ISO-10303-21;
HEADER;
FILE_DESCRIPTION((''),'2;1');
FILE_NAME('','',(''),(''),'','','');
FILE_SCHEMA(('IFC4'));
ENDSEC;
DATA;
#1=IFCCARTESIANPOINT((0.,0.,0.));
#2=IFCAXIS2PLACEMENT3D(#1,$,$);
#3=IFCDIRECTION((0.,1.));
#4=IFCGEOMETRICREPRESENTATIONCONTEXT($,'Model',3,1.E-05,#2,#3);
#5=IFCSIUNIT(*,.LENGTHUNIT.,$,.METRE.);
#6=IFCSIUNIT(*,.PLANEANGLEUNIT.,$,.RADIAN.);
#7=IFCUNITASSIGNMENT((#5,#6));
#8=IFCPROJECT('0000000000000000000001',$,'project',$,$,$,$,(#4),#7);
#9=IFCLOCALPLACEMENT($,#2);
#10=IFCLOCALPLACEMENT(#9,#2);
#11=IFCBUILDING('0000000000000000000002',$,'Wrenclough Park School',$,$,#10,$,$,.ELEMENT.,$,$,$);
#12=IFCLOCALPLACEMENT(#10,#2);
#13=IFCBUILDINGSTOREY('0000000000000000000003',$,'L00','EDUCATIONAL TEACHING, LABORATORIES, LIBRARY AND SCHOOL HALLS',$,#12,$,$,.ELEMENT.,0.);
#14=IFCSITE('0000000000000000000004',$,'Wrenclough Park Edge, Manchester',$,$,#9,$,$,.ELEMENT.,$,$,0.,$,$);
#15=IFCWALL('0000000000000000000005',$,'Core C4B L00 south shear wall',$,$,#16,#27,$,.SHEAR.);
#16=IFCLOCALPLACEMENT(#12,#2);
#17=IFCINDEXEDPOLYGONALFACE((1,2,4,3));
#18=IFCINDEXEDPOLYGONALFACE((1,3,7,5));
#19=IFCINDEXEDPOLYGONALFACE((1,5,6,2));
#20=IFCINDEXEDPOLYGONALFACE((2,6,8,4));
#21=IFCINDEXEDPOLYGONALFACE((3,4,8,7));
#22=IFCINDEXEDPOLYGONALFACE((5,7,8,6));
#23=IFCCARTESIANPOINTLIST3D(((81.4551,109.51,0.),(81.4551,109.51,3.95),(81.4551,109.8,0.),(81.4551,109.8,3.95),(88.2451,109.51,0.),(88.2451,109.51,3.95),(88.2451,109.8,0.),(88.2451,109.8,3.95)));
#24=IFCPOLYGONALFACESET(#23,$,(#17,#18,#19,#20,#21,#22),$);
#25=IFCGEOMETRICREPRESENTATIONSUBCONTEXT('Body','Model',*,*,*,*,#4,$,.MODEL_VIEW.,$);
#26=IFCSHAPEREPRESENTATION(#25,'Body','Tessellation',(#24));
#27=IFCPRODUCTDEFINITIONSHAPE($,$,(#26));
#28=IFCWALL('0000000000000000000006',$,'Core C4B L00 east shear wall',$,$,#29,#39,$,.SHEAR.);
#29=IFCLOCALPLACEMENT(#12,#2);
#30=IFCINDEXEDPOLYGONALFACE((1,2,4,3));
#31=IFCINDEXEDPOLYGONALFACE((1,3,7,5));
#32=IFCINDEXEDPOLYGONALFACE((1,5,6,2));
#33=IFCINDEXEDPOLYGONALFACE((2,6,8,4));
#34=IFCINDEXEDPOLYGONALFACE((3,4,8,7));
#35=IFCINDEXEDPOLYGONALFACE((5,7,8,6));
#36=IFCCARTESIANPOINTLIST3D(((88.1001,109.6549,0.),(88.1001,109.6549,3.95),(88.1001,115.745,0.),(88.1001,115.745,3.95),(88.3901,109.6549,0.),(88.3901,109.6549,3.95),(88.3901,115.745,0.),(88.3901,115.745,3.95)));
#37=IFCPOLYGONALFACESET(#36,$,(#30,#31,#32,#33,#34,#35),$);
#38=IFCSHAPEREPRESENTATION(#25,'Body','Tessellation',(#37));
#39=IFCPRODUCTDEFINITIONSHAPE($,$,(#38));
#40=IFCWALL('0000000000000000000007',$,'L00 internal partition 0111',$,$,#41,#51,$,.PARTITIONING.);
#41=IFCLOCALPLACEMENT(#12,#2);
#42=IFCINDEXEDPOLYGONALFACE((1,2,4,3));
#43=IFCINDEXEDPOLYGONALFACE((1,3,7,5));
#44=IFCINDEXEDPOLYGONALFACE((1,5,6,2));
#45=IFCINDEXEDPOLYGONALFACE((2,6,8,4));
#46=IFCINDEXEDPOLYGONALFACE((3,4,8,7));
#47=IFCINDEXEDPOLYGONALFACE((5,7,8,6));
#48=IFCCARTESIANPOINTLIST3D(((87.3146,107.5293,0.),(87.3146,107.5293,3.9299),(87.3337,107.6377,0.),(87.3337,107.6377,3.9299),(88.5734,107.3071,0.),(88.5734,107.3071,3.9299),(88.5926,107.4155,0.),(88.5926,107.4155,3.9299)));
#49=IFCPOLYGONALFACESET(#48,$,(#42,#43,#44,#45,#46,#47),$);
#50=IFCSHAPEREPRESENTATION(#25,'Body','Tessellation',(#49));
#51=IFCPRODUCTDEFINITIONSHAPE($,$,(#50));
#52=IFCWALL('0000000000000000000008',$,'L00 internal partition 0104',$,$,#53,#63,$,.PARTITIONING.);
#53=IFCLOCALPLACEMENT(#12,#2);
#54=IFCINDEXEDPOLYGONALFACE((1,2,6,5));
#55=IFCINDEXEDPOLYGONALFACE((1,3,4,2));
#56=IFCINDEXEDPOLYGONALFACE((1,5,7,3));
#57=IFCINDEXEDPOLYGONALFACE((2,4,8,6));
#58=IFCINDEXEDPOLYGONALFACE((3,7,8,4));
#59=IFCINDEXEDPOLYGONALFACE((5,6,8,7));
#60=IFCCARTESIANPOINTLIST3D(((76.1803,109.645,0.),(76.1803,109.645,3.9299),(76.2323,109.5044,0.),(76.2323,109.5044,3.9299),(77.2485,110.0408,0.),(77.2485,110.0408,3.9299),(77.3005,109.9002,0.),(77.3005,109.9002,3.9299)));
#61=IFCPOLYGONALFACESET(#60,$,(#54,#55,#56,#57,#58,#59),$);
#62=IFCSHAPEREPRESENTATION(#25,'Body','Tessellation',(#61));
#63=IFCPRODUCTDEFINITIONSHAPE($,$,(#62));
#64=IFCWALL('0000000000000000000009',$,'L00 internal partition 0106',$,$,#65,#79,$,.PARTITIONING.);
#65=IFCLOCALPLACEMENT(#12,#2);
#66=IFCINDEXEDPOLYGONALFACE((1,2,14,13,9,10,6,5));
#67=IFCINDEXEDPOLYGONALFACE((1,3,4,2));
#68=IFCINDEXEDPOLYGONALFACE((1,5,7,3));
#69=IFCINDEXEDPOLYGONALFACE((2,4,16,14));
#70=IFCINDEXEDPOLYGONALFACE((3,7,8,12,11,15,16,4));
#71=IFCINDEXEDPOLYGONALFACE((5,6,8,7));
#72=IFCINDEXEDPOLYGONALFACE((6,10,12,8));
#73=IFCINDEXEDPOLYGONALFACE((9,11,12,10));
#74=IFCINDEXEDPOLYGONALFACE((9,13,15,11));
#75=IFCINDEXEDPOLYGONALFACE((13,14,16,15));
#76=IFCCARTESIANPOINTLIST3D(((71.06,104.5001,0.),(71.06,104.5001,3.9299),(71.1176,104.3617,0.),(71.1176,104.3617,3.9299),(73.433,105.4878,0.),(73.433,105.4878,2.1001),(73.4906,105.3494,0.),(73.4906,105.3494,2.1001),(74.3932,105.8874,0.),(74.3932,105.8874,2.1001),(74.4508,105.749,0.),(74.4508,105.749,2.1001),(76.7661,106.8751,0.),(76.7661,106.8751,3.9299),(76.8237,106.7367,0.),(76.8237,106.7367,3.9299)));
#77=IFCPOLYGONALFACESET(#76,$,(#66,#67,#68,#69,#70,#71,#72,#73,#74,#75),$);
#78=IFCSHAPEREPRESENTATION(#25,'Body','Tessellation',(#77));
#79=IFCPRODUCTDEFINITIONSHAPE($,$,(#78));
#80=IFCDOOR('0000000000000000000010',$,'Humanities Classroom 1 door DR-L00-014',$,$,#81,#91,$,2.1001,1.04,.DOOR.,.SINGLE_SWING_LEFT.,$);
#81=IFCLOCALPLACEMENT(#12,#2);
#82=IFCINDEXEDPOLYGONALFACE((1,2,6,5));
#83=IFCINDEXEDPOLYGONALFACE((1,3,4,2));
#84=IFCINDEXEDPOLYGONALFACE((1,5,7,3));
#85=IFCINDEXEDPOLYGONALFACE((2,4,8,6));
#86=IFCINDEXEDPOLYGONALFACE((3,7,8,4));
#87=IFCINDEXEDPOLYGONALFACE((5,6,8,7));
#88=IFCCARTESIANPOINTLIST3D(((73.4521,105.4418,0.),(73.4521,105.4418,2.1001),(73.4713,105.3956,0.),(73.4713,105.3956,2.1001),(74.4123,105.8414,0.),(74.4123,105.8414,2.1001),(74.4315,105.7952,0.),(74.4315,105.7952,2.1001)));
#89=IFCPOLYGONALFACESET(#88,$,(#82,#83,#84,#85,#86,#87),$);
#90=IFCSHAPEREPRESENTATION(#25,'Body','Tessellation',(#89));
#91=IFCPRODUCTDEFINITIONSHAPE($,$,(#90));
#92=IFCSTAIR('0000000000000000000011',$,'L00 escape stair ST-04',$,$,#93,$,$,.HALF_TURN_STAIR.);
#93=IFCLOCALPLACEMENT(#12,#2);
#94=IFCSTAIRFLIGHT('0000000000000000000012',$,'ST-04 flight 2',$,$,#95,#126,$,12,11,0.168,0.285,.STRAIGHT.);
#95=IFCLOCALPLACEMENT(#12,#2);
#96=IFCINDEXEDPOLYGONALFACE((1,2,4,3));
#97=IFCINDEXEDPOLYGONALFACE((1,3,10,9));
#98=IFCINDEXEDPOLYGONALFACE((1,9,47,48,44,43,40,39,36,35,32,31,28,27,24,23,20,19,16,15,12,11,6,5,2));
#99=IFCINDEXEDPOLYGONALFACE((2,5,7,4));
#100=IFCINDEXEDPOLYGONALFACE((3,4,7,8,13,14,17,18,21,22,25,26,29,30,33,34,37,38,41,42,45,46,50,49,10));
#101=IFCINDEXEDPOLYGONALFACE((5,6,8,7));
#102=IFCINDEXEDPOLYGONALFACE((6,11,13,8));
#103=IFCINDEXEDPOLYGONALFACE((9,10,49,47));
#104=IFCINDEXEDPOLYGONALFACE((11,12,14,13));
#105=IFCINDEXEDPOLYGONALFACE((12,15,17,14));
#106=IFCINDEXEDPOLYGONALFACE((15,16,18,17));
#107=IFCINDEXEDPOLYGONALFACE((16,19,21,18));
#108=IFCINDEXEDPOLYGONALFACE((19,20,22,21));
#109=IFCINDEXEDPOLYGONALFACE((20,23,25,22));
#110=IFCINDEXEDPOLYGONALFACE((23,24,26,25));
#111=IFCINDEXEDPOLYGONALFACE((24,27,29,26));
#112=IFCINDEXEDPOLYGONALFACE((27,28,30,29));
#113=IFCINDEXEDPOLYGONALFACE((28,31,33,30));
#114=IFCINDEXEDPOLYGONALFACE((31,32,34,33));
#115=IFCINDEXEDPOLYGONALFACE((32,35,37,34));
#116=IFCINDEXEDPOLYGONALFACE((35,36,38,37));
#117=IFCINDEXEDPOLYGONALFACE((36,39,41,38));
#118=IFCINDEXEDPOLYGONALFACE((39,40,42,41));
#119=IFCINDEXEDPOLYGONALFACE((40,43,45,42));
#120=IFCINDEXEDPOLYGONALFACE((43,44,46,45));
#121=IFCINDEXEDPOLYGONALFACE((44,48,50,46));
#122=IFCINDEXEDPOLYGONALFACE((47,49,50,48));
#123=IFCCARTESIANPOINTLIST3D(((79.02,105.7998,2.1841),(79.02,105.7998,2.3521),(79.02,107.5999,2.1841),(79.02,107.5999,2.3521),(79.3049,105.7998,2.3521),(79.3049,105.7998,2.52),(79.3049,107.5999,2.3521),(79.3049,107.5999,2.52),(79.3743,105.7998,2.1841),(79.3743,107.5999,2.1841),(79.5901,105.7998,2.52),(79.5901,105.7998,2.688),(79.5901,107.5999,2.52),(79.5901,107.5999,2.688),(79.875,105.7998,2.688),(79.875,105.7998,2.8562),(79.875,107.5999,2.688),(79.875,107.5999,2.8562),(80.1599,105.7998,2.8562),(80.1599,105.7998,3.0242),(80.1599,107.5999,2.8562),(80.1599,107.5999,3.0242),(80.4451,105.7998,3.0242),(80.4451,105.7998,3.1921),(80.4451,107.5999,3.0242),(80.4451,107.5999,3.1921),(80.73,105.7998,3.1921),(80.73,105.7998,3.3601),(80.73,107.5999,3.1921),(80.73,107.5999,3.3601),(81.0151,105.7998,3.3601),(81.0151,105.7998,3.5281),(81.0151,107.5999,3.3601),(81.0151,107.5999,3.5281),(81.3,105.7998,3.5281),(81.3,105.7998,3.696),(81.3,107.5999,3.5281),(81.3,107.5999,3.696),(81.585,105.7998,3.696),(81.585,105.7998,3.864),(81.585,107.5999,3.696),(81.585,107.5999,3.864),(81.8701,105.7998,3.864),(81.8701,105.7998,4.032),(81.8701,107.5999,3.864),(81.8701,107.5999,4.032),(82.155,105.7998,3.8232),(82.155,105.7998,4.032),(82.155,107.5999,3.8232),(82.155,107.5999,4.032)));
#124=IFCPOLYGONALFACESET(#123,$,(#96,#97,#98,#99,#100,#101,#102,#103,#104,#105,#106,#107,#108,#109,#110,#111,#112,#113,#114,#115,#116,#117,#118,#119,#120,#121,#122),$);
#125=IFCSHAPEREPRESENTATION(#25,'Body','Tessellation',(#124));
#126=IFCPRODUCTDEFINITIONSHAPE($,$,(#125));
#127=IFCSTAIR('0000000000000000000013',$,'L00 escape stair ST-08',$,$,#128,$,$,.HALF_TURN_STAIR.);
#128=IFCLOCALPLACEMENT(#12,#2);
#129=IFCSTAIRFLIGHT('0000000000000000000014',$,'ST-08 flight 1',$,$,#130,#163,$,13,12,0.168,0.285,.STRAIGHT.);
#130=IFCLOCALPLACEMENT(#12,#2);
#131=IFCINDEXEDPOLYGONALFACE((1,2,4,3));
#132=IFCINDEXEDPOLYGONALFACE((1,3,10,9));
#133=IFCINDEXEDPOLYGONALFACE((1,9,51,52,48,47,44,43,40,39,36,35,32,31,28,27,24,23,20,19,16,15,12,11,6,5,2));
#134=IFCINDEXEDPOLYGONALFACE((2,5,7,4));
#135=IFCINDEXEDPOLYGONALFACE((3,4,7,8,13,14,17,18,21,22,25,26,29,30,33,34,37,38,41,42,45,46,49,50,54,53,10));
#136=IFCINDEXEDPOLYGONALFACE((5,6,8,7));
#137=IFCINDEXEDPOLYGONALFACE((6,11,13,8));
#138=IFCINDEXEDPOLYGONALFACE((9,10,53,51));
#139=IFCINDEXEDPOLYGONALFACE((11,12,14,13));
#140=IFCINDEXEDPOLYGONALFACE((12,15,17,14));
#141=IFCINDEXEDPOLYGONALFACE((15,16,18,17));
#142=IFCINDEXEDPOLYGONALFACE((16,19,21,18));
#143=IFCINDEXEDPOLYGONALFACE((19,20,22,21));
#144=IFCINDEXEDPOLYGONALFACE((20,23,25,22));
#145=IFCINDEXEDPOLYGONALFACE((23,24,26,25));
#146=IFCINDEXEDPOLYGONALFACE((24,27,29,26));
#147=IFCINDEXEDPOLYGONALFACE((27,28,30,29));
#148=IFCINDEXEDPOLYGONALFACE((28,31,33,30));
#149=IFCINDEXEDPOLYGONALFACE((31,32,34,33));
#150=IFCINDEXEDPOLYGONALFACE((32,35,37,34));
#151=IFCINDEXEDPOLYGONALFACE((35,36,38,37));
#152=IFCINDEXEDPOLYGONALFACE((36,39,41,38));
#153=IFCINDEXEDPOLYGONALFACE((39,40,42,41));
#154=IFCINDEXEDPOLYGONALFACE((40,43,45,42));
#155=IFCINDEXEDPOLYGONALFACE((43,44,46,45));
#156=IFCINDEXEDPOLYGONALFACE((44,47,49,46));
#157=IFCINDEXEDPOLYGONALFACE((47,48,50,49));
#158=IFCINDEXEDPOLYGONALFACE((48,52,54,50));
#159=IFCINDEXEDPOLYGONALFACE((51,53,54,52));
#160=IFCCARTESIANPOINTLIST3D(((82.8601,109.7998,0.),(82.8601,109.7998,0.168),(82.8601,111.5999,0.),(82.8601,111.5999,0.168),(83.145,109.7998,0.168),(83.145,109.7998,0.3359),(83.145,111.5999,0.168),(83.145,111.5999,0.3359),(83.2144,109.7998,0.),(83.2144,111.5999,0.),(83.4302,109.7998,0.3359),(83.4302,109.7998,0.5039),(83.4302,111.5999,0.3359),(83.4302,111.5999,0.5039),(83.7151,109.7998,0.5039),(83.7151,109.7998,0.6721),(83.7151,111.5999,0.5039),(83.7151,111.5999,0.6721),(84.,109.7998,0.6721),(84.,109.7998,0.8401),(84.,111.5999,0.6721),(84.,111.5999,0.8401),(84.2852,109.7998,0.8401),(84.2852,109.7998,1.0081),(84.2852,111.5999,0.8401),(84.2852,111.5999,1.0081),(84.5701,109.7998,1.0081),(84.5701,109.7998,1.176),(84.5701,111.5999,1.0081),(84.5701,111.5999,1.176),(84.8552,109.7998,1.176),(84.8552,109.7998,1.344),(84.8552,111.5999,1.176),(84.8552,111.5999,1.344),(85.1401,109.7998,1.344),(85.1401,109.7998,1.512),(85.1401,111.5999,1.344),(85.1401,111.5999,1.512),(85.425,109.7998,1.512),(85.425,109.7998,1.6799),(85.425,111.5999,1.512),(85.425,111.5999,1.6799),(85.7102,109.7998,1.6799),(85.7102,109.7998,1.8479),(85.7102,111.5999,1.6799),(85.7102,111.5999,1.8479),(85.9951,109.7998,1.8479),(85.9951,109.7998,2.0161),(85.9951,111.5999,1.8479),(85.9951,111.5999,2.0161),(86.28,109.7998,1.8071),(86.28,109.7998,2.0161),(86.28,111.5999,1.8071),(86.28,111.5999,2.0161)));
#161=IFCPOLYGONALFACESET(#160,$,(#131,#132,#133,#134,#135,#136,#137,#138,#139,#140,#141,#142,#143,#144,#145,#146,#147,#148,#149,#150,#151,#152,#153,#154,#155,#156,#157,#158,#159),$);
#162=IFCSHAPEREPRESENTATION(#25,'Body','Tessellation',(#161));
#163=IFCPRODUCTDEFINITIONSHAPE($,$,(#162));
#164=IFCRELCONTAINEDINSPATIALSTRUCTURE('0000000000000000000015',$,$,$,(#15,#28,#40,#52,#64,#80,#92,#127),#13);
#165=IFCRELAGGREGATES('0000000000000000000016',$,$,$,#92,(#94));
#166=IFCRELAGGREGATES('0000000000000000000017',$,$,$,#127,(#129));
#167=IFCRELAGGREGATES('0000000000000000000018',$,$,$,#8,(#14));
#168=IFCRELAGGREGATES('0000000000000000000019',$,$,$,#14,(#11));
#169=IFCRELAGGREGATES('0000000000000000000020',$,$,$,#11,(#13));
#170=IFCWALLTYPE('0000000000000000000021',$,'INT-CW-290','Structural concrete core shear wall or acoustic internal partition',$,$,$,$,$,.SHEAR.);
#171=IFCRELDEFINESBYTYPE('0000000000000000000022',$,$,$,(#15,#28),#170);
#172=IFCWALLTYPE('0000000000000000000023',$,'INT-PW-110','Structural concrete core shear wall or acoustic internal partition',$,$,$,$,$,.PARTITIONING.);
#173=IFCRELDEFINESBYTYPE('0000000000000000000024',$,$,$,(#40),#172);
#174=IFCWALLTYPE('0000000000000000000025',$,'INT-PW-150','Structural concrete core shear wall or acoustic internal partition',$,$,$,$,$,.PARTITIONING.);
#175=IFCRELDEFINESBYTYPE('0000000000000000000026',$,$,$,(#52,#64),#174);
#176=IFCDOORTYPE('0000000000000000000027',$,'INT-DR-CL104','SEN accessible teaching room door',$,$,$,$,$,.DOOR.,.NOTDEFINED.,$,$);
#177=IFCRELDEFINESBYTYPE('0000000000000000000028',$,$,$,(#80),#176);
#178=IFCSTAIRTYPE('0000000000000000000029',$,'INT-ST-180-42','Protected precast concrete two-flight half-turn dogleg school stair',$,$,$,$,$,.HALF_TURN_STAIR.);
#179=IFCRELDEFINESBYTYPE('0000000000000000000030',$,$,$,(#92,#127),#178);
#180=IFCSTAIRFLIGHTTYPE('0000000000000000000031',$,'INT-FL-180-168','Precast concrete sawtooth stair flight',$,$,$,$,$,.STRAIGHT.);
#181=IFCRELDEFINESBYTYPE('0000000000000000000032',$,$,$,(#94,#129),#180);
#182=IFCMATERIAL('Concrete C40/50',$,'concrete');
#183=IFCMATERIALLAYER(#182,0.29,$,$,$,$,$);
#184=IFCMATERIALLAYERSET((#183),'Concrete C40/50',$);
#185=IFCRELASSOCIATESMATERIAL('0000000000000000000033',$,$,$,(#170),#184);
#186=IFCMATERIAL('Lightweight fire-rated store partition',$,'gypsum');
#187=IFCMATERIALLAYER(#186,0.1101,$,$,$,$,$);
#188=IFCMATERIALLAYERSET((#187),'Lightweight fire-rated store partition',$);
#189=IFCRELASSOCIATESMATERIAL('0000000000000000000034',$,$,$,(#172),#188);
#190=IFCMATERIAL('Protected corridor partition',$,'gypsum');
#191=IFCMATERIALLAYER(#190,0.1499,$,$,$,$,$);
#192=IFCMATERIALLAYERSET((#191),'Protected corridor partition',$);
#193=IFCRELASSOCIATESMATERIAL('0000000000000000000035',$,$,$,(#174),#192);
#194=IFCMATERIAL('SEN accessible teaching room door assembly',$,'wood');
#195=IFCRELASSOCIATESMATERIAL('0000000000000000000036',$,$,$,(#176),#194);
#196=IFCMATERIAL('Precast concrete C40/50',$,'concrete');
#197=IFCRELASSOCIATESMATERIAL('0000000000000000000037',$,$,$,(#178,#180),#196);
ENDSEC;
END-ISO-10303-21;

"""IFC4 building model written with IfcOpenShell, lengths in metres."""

from ifc_helpers import new_model, si_unit, direction, frame, frame_2d, origin, place, context, subcontext, project, spatial, polyline, rectangle, outline, extrude, material, layer, layer_set, type_object, element, fill, aggregate, save


model = new_model("IFC4")

# Units and contexts
model_context = context("Model", 3, precision=1e-05, world=origin(), true_north=direction((0.0, 1.0)))
body_context = subcontext(model_context, "Body", "Model", "MODEL_VIEW")
ifc_project = project(units=[si_unit("LENGTHUNIT", "METRE"), si_unit("PLANEANGLEUNIT", "RADIAN")], contexts=[model_context])

# Site, building, storey
site_placement = place(None, origin())
site = spatial("IfcSite", under=ifc_project, at=site_placement, Name="Wrenclough Park Edge, Manchester", CompositionType="ELEMENT", RefElevation=0.0)
building_placement = place(site_placement, origin())
building = spatial("IfcBuilding", under=site, at=building_placement, Name="Wrenclough Park School", CompositionType="ELEMENT")
storey_placement = place(building_placement, origin())
storey = spatial("IfcBuildingStorey", under=building, at=storey_placement, Name="L00", Description="EDUCATIONAL TEACHING, LABORATORIES, LIBRARY AND SCHOOL HALLS", CompositionType="ELEMENT", Elevation=0.0)

# Shared definitions
ifc_material_1 = material(Name="Concrete C40/50", Category="concrete")

# Walls
ifc_layer_1 = layer(ifc_material_1, 0.29)
ifc_layer_set_1 = layer_set([ifc_layer_1], Name="Concrete C40/50")
wall_type_1 = type_object("IfcWallType", Name="INT-CW-290", Description="Structural concrete core shear wall or acoustic internal partition", PredefinedType="SHEAR", material=ifc_layer_set_1)
wall_1_placement = place(storey_placement, frame((81.4551, 109.655, 0.0), z_axis=(0.0, 0.0, 1.0), x_axis=(1.0, 0.0, 0.0)))
element("IfcWall", 1, at=wall_1_placement, inside=storey, type_object=wall_type_1, Name="Core C4B L00 south shear wall", PredefinedType="SHEAR", context=body_context, shape_type="SweptSolid", body=[
    extrude(rectangle(XDim=6.79, YDim=0.29, at=frame_2d((3.395, 0.0))), origin(), (0.0, 0.0, 1.0), 3.95),
])
wall_2_placement = place(storey_placement, frame((88.2451, 109.655, 0.0), z_axis=(0.0, 0.0, 1.0), x_axis=(0.0, 1.0, 0.0)))
element("IfcWall", 2, at=wall_2_placement, inside=storey, type_object=wall_type_1, Name="Core C4B L00 east shear wall", PredefinedType="SHEAR", context=body_context, shape_type="SweptSolid", body=[
    extrude(rectangle(XDim=6.0901, YDim=0.29, at=frame_2d((3.0449, 0.0))), origin(), (0.0, 0.0, 1.0), 3.95),
])
ifc_material_2 = material(Name="Lightweight fire-rated store partition", Category="gypsum")
ifc_layer_2 = layer(ifc_material_2, 0.1101)
ifc_layer_set_2 = layer_set([ifc_layer_2], Name="Lightweight fire-rated store partition")
wall_type_2 = type_object("IfcWallType", Name="INT-PW-110", Description="Structural concrete core shear wall or acoustic internal partition", PredefinedType="PARTITIONING", material=ifc_layer_set_2)
wall_3_placement = place(storey_placement, frame((88.583, 107.3613, 0.0), z_axis=(0.0, 0.0, 1.0), x_axis=(-0.98478, 0.173807, 0.0)))
element("IfcWall", 3, at=wall_3_placement, inside=storey, type_object=wall_type_2, Name="L00 internal partition 0111", PredefinedType="PARTITIONING", context=body_context, shape_type="SweptSolid", body=[
    extrude(rectangle(XDim=1.2783, YDim=0.1101, at=frame_2d((0.6392, 0.0))), origin(), (0.0, 0.0, 1.0), 3.9299),
])
ifc_material_3 = material(Name="Protected corridor partition", Category="gypsum")
ifc_layer_3 = layer(ifc_material_3, 0.1499)
ifc_layer_set_3 = layer_set([ifc_layer_3], Name="Protected corridor partition")
wall_type_3 = type_object("IfcWallType", Name="INT-PW-150", Description="Structural concrete core shear wall or acoustic internal partition", PredefinedType="PARTITIONING", material=ifc_layer_set_3)
wall_4_placement = place(storey_placement, frame((76.2063, 109.5747, 0.0), z_axis=(0.0, 0.0, 1.0), x_axis=(0.937705, 0.347433, 0.0)))
element("IfcWall", 4, at=wall_4_placement, inside=storey, type_object=wall_type_3, Name="L00 internal partition 0104", PredefinedType="PARTITIONING", context=body_context, shape_type="SweptSolid", body=[
    extrude(rectangle(XDim=1.1392, YDim=0.1499, at=frame_2d((0.5696, 0.0))), origin(), (0.0, 0.0, 1.0), 3.9299),
])

# Wall, opening, door
wall_5_placement = place(storey_placement, frame((76.7949, 106.8059, 0.0), z_axis=(0.0, 0.0, 1.0), x_axis=(-0.923222, -0.384268, 0.0)))
wall_5 = element("IfcWall", 5, at=wall_5_placement, inside=storey, type_object=wall_type_3, Name="L00 internal partition 0106", PredefinedType="PARTITIONING", context=body_context, shape_type="SweptSolid", body=[
    extrude(rectangle(XDim=6.1807, YDim=0.1499, at=frame_2d((3.0903, 0.0))), origin(), (0.0, 0.0, 1.0), 3.9299),
])
opening_1_placement = place(wall_5_placement, frame((2.5703, 0.0, 0.0)))
opening_1 = element("IfcOpeningElement", 6, at=opening_1_placement, cuts=wall_5, PredefinedType="OPENING", context=body_context, shape_type="SweptSolid", body=[
    extrude(rectangle(XDim=1.04, YDim=2.1001, at=frame_2d((0.52, 1.05))), frame((0.0, 0.085, 0.0), z_axis=(0.0, -1.0, 0.0), x_axis=(1.0, 0.0, 0.0)), (0.0, 0.0, 1.0), 0.1699),
])
ifc_material_4 = material(Name="SEN accessible teaching room door assembly", Category="wood")
door_type_1 = type_object("IfcDoorType", Name="INT-DR-CL104", Description="SEN accessible teaching room door", OperationType="NOTDEFINED", PredefinedType="DOOR", material=ifc_material_4)
door_1_placement = place(opening_1_placement, origin())
door_1 = element("IfcDoor", 7, at=door_1_placement, inside=storey, type_object=door_type_1, Name="Humanities Classroom 1 door DR-L00-014", OperationType="SINGLE_SWING_LEFT", OverallHeight=2.1001, OverallWidth=1.04, PredefinedType="DOOR", context=body_context, shape_type="SweptSolid", body=[
    extrude(rectangle(XDim=1.04, YDim=2.1001, at=frame_2d((0.52, 1.05))), frame((0.0, 0.0249, 0.0), z_axis=(0.0, -1.0, 0.0), x_axis=(1.0, 0.0, 0.0)), (0.0, 0.0, 1.0), 0.05),
])
fill(opening_1, door_1)

# Stair, stair flight
ifc_material_5 = material(Name="Precast concrete C40/50", Category="concrete")
stair_type = type_object("IfcStairType", Name="INT-ST-180-42", Description="Protected precast concrete two-flight half-turn dogleg school stair", PredefinedType="HALF_TURN_STAIR", material=ifc_material_5)
stair_1_placement = place(storey_placement, origin())
stair_1 = element("IfcStair", 8, at=stair_1_placement, inside=storey, type_object=stair_type, Name="L00 escape stair ST-04", PredefinedType="HALF_TURN_STAIR")
stair_flight_type = type_object("IfcStairFlightType", Name="INT-FL-180-168", Description="Precast concrete sawtooth stair flight", PredefinedType="STRAIGHT", material=ifc_material_5)
stair_flight_1_placement = place(storey_placement, frame((79.02, 106.7, 2.1841), z_axis=(0.0, 0.0, 1.0), x_axis=(1.0, 0.0, 0.0)))
stair_flight_1 = element("IfcStairFlight", 9, at=stair_flight_1_placement, type_object=stair_flight_type, Name="ST-04 flight 2", NumberOfRisers=12, NumberOfTreads=11, PredefinedType="STRAIGHT", RiserHeight=0.168, TreadLength=0.285, context=body_context, shape_type="SweptSolid", body=[
    extrude(outline(polyline([(0.0, 0.0), (0.0, 0.168), (0.2849, 0.168), (0.2849, 0.3359), (0.5701, 0.3359), (0.5701, 0.5039), (0.855, 0.5039), (0.855, 0.6721), (1.1399, 0.6721), (1.1399, 0.8401), (1.425, 0.8401), (1.425, 1.0081), (1.71, 1.0081), (1.71, 1.176), (1.9951, 1.176), (1.9951, 1.344), (2.28, 1.344), (2.28, 1.512), (2.5649, 1.512), (2.5649, 1.6799), (2.8501, 1.6799), (2.8501, 1.8479), (3.135, 1.8479), (3.135, 2.0161), (3.135, 1.6392), (0.3542, 0.0), (0.0, 0.0)])), frame((0.0, 0.8999, 0.0), z_axis=(0.0, -1.0, 0.0), x_axis=(1.0, 0.0, 0.0)), (0.0, 0.0, 1.0), 1.8),
])
aggregate(stair_1, [stair_flight_1])

# Stair, stair flight
stair_2_placement = place(storey_placement, origin())
stair_2 = element("IfcStair", 10, at=stair_2_placement, inside=storey, type_object=stair_type, Name="L00 escape stair ST-08", PredefinedType="HALF_TURN_STAIR")
stair_flight_2_placement = place(storey_placement, frame((82.8601, 110.7, 0.0), z_axis=(0.0, 0.0, 1.0), x_axis=(1.0, 0.0, 0.0)))
stair_flight_2 = element("IfcStairFlight", 11, at=stair_flight_2_placement, type_object=stair_flight_type, Name="ST-08 flight 1", NumberOfRisers=13, NumberOfTreads=12, PredefinedType="STRAIGHT", RiserHeight=0.168, TreadLength=0.285, context=body_context, shape_type="SweptSolid", body=[
    extrude(outline(polyline([(0.0, 0.0), (0.0, 0.168), (0.2849, 0.168), (0.2849, 0.3359), (0.5701, 0.3359), (0.5701, 0.5039), (0.855, 0.5039), (0.855, 0.6721), (1.1399, 0.6721), (1.1399, 0.8401), (1.425, 0.8401), (1.425, 1.0081), (1.71, 1.0081), (1.71, 1.176), (1.9951, 1.176), (1.9951, 1.344), (2.28, 1.344), (2.28, 1.512), (2.5649, 1.512), (2.5649, 1.6799), (2.8501, 1.6799), (2.8501, 1.8479), (3.135, 1.8479), (3.135, 2.0161), (3.4199, 2.0161), (3.4199, 2.1841), (3.4199, 1.8071), (0.3542, 0.0), (0.0, 0.0)])), frame((0.0, 0.8999, 0.0), z_axis=(0.0, -1.0, 0.0), x_axis=(1.0, 0.0, 0.0)), (0.0, 0.0, 1.0), 1.8),
])
aggregate(stair_2, [stair_flight_2])

save(model, "model.ifc")
